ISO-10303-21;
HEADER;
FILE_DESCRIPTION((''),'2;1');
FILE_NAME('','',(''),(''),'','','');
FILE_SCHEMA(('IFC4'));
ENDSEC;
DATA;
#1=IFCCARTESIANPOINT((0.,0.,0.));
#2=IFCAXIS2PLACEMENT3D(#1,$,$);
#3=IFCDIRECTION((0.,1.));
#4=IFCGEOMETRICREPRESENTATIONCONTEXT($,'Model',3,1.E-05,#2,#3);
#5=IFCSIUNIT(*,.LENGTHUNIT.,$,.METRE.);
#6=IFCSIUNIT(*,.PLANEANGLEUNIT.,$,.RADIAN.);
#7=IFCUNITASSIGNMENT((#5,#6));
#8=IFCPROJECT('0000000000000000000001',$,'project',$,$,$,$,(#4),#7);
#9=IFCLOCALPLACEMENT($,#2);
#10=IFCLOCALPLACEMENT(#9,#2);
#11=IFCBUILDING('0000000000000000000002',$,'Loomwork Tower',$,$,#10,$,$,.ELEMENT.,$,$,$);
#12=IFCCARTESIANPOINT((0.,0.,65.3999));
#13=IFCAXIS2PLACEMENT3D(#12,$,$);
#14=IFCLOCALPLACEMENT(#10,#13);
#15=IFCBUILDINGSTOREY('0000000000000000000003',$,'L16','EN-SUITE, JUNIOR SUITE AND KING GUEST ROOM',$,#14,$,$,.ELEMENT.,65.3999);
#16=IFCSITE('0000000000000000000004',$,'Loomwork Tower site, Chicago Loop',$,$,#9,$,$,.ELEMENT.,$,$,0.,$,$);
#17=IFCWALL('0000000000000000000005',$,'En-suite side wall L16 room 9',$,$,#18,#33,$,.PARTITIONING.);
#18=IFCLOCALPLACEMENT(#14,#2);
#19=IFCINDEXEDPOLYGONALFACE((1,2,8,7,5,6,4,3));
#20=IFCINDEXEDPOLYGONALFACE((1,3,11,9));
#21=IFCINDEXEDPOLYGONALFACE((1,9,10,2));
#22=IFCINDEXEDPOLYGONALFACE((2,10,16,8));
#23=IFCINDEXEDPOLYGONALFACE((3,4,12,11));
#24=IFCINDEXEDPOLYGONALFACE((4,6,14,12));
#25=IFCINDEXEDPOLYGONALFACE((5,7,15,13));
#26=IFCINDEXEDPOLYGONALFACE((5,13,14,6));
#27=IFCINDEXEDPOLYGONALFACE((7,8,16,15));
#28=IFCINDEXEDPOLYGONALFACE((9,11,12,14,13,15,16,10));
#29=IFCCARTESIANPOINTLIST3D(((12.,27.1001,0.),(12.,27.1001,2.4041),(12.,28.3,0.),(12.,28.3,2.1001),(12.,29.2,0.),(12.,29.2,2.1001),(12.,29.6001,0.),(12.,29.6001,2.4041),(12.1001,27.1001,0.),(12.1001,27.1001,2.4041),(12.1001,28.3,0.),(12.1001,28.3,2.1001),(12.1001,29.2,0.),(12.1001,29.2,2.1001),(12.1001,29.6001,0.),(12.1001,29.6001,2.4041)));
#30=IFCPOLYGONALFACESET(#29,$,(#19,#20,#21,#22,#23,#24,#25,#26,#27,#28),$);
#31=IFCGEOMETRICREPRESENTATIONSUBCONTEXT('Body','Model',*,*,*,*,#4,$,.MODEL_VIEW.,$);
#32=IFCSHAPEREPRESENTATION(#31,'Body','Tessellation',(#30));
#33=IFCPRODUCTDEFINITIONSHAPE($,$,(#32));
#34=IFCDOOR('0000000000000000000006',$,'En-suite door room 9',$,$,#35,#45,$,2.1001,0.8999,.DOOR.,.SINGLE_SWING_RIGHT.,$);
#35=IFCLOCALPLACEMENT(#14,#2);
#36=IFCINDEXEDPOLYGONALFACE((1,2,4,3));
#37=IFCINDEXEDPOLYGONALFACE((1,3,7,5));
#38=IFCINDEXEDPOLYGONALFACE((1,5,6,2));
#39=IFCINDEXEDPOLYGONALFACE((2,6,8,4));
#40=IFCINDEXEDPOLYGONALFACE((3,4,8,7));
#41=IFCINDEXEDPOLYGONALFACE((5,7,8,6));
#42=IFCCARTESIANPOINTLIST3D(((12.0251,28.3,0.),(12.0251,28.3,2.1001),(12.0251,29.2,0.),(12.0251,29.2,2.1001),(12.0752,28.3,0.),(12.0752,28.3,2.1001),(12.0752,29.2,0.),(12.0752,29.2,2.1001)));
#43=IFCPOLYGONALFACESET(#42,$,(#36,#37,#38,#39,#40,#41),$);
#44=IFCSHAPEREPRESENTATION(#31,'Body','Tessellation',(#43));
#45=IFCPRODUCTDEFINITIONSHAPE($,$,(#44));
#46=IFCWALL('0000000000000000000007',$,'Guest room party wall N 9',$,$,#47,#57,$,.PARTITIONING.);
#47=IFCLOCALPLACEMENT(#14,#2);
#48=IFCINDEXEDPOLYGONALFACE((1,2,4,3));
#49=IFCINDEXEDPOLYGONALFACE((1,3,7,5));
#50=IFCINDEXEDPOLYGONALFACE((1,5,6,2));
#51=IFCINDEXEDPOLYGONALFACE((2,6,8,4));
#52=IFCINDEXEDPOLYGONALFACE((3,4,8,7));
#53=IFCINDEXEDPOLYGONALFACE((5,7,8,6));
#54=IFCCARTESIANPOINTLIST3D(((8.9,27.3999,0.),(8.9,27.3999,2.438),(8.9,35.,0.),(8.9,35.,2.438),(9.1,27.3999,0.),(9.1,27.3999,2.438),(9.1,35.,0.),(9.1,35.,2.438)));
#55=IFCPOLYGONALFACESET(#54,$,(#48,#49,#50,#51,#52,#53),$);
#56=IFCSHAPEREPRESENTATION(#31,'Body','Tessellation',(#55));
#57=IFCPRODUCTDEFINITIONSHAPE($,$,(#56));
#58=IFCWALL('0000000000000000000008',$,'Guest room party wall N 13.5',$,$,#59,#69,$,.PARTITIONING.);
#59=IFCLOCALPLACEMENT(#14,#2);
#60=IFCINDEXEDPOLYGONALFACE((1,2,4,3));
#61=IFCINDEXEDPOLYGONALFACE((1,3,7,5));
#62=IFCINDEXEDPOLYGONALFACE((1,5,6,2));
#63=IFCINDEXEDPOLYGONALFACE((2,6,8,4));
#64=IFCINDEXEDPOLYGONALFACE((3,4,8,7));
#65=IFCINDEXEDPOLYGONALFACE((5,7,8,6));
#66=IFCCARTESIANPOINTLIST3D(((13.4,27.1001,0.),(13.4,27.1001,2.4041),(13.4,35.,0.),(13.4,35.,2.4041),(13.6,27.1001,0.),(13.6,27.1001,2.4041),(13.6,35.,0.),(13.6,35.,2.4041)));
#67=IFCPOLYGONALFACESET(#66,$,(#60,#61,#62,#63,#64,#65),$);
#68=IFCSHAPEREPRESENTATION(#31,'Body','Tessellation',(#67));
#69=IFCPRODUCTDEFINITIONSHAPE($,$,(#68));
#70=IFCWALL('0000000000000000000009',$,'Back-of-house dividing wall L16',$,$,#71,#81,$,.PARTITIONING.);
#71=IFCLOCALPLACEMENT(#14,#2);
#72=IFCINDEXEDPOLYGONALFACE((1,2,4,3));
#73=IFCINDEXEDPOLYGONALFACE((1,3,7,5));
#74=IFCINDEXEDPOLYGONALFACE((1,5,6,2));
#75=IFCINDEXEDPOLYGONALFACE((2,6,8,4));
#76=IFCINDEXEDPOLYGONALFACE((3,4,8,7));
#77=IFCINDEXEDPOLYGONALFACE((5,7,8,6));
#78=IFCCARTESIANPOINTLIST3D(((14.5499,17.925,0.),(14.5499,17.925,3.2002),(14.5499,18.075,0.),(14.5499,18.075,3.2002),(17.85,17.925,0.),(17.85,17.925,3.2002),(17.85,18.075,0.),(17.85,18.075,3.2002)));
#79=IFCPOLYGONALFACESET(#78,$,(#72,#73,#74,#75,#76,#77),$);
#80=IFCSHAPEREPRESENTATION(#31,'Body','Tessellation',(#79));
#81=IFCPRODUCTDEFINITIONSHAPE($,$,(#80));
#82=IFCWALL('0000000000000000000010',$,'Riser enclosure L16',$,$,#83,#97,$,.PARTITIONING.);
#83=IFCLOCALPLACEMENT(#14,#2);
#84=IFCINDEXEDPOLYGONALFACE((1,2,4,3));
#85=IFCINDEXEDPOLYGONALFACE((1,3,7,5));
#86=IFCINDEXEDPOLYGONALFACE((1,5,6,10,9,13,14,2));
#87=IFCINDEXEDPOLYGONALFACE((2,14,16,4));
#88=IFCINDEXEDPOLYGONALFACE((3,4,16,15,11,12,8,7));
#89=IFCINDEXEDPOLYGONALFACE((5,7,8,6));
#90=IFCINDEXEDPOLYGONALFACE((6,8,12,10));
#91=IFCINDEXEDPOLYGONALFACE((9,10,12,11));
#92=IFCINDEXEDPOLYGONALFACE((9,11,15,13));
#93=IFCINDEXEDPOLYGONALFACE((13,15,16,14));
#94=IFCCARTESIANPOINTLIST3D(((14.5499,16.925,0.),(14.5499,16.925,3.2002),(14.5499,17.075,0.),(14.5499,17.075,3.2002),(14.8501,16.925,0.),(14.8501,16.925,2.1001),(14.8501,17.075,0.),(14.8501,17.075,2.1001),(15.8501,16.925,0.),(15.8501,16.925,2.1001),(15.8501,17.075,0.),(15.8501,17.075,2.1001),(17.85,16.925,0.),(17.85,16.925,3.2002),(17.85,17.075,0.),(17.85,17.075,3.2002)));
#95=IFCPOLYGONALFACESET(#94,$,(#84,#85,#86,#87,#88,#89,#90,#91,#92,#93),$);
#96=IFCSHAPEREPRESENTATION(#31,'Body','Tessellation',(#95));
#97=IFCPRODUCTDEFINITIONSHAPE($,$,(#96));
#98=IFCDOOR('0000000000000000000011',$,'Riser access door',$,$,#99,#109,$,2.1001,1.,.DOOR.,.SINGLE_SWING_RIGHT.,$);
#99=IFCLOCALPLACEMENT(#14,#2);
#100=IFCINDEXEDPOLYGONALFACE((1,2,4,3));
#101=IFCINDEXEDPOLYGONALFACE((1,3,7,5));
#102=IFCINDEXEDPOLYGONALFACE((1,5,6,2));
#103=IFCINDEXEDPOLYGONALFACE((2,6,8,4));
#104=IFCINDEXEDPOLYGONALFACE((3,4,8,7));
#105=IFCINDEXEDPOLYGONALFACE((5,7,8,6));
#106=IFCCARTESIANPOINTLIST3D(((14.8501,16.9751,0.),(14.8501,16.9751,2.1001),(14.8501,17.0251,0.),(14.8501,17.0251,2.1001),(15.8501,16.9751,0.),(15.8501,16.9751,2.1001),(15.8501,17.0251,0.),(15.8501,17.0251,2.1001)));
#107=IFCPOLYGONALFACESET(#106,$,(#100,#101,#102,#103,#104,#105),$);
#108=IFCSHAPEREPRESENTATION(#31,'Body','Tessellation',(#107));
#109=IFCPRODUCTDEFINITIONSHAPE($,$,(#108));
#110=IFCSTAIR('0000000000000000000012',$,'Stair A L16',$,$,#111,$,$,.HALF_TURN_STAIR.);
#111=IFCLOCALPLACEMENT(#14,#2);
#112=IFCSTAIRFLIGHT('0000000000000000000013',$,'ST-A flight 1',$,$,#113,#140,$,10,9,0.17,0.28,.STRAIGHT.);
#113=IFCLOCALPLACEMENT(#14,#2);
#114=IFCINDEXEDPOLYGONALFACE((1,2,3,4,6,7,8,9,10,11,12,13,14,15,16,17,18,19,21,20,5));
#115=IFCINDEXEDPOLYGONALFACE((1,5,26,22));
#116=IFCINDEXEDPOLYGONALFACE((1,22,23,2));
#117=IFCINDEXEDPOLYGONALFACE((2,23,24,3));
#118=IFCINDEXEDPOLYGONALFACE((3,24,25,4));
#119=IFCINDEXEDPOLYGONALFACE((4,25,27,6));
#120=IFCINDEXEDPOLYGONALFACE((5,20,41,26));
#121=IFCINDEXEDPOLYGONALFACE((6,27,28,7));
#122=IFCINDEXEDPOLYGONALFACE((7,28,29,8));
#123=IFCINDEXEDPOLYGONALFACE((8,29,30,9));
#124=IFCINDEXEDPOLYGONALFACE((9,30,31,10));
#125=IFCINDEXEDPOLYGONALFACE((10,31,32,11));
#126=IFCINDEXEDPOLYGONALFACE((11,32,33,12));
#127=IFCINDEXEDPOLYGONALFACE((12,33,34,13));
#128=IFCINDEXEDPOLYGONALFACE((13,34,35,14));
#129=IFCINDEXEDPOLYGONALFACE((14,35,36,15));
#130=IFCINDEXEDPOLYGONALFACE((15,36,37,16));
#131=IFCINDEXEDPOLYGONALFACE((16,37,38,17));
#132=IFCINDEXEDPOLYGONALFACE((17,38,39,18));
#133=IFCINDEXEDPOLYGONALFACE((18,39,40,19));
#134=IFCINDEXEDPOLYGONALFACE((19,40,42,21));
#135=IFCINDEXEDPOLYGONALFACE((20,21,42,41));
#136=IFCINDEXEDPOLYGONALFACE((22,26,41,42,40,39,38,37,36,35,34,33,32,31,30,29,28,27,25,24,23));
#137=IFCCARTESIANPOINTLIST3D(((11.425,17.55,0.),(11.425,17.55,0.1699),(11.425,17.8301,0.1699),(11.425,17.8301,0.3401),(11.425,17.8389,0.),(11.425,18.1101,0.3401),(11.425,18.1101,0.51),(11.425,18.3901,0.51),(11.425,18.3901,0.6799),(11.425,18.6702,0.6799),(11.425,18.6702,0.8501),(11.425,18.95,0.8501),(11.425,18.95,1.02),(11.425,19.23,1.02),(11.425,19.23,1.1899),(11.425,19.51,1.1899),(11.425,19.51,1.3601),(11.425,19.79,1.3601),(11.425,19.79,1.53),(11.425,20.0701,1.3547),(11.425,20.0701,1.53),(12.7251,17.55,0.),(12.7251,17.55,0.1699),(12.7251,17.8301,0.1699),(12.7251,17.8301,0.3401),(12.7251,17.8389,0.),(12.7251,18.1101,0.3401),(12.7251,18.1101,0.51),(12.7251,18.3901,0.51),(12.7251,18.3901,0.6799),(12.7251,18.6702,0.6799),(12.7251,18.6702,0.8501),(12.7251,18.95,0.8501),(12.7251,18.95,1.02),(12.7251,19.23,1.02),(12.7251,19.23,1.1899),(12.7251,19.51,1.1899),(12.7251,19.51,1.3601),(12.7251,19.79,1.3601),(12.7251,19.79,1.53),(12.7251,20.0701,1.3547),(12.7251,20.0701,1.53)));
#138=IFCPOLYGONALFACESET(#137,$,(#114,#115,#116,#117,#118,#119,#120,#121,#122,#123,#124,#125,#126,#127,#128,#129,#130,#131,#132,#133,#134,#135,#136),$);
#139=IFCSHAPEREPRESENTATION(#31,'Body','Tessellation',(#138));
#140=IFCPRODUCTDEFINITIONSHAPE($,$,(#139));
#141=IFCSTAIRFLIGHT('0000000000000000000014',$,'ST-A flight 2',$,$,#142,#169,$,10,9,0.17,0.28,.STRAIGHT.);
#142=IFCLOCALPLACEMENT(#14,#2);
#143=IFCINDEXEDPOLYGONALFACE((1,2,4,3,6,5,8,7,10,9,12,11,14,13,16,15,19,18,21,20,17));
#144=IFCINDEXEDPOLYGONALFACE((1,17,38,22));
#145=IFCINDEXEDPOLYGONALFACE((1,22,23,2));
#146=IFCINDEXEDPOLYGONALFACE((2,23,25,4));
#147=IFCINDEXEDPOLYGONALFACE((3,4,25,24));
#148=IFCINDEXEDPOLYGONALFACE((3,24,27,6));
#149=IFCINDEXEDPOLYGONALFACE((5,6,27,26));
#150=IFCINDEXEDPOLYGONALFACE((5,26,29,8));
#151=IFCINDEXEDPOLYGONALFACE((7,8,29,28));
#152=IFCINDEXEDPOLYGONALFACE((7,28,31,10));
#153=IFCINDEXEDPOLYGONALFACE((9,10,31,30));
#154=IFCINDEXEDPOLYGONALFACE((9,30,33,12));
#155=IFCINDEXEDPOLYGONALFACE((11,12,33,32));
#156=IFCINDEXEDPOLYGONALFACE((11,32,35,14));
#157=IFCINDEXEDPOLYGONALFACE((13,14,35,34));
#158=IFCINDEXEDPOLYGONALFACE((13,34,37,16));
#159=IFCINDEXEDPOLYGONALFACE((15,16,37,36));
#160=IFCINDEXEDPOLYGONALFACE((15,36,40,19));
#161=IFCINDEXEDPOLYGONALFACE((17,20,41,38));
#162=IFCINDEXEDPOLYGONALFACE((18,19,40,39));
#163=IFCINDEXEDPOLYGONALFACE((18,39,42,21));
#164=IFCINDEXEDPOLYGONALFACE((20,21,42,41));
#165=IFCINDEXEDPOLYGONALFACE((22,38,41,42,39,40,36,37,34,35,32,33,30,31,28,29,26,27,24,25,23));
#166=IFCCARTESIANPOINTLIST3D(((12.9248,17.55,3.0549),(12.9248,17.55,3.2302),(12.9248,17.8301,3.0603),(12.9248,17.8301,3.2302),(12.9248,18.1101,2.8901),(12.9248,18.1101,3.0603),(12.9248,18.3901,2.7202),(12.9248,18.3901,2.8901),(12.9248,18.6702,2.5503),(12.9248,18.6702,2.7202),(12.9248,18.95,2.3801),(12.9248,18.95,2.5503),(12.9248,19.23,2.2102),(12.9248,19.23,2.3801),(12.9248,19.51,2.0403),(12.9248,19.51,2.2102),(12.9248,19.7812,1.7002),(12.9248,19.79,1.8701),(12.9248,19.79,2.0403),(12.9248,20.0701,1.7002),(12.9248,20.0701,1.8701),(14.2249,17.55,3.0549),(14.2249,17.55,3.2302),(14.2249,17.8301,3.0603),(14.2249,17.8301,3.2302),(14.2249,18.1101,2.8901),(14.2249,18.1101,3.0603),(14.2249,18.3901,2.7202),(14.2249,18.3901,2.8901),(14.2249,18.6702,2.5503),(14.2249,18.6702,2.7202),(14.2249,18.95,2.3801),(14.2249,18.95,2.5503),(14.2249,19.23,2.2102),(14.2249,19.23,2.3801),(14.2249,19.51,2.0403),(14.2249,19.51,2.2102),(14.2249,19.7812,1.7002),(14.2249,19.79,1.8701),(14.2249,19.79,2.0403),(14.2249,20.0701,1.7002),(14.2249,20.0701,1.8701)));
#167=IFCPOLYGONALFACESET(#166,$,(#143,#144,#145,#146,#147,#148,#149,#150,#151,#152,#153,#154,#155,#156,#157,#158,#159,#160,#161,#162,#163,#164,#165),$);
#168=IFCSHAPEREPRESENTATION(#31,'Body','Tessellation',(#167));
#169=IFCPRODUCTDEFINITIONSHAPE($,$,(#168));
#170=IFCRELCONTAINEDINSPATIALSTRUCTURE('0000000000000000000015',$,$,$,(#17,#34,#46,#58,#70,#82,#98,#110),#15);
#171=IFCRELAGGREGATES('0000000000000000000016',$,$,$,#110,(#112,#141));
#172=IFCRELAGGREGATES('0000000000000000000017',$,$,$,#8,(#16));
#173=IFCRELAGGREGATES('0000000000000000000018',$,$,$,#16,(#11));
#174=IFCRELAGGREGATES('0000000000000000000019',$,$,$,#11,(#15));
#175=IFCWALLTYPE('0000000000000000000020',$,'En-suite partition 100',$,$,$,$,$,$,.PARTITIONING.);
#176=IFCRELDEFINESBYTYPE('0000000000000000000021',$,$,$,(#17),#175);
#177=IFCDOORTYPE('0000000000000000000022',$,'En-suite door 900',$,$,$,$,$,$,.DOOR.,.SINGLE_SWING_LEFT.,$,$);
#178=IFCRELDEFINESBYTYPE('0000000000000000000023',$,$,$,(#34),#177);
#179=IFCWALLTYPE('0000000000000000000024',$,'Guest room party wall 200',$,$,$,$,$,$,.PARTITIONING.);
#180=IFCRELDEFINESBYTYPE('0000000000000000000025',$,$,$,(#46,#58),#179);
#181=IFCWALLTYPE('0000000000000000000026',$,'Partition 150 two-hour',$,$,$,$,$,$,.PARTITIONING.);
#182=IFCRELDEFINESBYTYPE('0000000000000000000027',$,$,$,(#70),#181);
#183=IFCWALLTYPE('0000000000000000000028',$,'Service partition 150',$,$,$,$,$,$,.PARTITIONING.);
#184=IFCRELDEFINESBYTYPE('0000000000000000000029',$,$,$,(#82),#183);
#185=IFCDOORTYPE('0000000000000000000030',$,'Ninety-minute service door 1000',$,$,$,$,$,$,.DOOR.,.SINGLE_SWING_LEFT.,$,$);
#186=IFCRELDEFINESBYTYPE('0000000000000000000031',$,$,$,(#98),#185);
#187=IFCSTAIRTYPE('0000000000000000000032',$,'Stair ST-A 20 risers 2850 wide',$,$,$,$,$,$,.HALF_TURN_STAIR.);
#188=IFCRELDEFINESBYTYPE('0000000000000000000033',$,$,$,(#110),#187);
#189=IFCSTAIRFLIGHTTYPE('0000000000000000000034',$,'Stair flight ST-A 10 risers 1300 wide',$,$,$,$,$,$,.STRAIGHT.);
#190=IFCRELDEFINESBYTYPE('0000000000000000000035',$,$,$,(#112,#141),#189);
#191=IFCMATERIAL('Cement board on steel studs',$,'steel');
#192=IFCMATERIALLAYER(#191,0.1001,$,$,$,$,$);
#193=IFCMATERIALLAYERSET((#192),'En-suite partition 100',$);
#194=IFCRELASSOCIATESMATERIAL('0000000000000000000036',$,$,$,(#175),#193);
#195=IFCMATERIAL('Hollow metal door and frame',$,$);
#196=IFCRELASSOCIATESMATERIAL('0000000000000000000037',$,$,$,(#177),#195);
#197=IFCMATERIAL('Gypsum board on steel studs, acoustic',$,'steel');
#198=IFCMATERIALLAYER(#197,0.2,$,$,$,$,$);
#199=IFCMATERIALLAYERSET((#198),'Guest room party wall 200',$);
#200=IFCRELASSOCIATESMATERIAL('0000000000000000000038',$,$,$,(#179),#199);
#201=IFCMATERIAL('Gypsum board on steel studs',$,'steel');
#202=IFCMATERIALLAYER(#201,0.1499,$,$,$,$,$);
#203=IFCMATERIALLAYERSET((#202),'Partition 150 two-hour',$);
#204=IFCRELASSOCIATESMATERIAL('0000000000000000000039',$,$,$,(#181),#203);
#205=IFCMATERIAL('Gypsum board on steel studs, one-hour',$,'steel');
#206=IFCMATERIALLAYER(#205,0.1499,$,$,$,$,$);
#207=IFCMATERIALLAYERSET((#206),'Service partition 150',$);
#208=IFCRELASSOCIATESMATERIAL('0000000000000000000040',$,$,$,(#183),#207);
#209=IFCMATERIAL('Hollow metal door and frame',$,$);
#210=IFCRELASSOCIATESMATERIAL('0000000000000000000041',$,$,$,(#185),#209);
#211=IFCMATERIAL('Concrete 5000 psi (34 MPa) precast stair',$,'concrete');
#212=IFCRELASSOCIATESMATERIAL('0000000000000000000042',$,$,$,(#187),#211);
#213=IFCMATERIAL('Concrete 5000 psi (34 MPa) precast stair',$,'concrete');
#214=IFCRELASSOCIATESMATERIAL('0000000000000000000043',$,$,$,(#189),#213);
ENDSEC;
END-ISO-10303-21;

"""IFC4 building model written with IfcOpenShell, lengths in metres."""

from ifc_helpers import new_model, si_unit, direction, frame, frame_2d, origin, place, context, subcontext, project, spatial, polyline, rectangle, outline, extrude, material, layer, layer_set, type_object, element, fill, aggregate, save


model = new_model("IFC4")

# Units and contexts
model_context = context("Model", 3, precision=1e-05, world=origin(), true_north=direction((0.0, 1.0)))
body_context = subcontext(model_context, "Body", "Model", "MODEL_VIEW")
ifc_project = project(units=[si_unit("LENGTHUNIT", "METRE"), si_unit("PLANEANGLEUNIT", "RADIAN")], contexts=[model_context])

# Site, building, storey
site_placement = place(None, origin())
site = spatial("IfcSite", under=ifc_project, at=site_placement, Name="Loomwork Tower site, Chicago Loop", CompositionType="ELEMENT", RefElevation=0.0)
building_placement = place(site_placement, origin())
building = spatial("IfcBuilding", under=site, at=building_placement, Name="Loomwork Tower", CompositionType="ELEMENT")
storey_placement = place(building_placement, frame((0.0, 0.0, 65.3999)))
storey = spatial("IfcBuildingStorey", under=building, at=storey_placement, Name="L16", Description="EN-SUITE, JUNIOR SUITE AND KING GUEST ROOM", CompositionType="ELEMENT", Elevation=65.3999)

# Wall, opening, door
ifc_material_1 = material(Name="Cement board on steel studs", Category="steel")
ifc_layer_1 = layer(ifc_material_1, 0.1001)
ifc_layer_set_1 = layer_set([ifc_layer_1], Name="En-suite partition 100")
wall_type_1 = type_object("IfcWallType", Name="En-suite partition 100", PredefinedType="PARTITIONING", material=ifc_layer_set_1)
wall_1_placement = place(storey_placement, frame((12.05, 27.1001, 0.0), z_axis=(0.0, 0.0, 1.0), x_axis=(0.0, 1.0, 0.0)))
wall_1 = element("IfcWall", 1, at=wall_1_placement, inside=storey, type_object=wall_type_1, Name="En-suite side wall L16 room 9", PredefinedType="PARTITIONING", context=body_context, shape_type="SweptSolid", body=[
    extrude(rectangle(XDim=2.5, YDim=0.1001, at=frame_2d((1.25, 0.0))), origin(), (0.0, 0.0, 1.0), 2.4041),
])
opening_1_placement = place(wall_1_placement, frame((1.2, 0.0, 0.0)))
opening_1 = element("IfcOpeningElement", 2, at=opening_1_placement, cuts=wall_1, PredefinedType="OPENING", context=body_context, shape_type="SweptSolid", body=[
    extrude(rectangle(XDim=0.8999, YDim=2.1001, at=frame_2d((0.45, 1.05))), frame((0.0, 0.0601, 0.0), z_axis=(0.0, -1.0, 0.0), x_axis=(1.0, 0.0, 0.0)), (0.0, 0.0, 1.0), 0.1201),
])
ifc_material_2 = material(Name="Hollow metal door and frame")
door_type_1 = type_object("IfcDoorType", Name="En-suite door 900", OperationType="SINGLE_SWING_LEFT", PredefinedType="DOOR", material=ifc_material_2)
door_1_placement = place(opening_1_placement, origin())
door_1 = element("IfcDoor", 3, at=door_1_placement, inside=storey, type_object=door_type_1, Name="En-suite door room 9", OperationType="SINGLE_SWING_RIGHT", OverallHeight=2.1001, OverallWidth=0.8999, PredefinedType="DOOR", context=body_context, shape_type="SweptSolid", body=[
    extrude(rectangle(XDim=0.8999, YDim=2.1001, at=frame_2d((0.45, 1.05))), frame((0.0, 0.0249, 0.0), z_axis=(0.0, -1.0, 0.0), x_axis=(1.0, 0.0, 0.0)), (0.0, 0.0, 1.0), 0.05),
])
fill(opening_1, door_1)

# Walls
ifc_material_3 = material(Name="Gypsum board on steel studs, acoustic", Category="steel")
ifc_layer_2 = layer(ifc_material_3, 0.2)
ifc_layer_set_2 = layer_set([ifc_layer_2], Name="Guest room party wall 200")
wall_type_2 = type_object("IfcWallType", Name="Guest room party wall 200", PredefinedType="PARTITIONING", material=ifc_layer_set_2)
wall_2_placement = place(storey_placement, frame((9.0, 27.3999, 0.0), z_axis=(0.0, 0.0, 1.0), x_axis=(0.0, 1.0, 0.0)))
element("IfcWall", 4, at=wall_2_placement, inside=storey, type_object=wall_type_2, Name="Guest room party wall N 9", PredefinedType="PARTITIONING", context=body_context, shape_type="SweptSolid", body=[
    extrude(rectangle(XDim=7.6001, YDim=0.2, at=frame_2d((3.8, 0.0))), origin(), (0.0, 0.0, 1.0), 2.438),
])
wall_3_placement = place(storey_placement, frame((13.5, 27.1001, 0.0), z_axis=(0.0, 0.0, 1.0), x_axis=(0.0, 1.0, 0.0)))
element("IfcWall", 5, at=wall_3_placement, inside=storey, type_object=wall_type_2, Name="Guest room party wall N 13.5", PredefinedType="PARTITIONING", context=body_context, shape_type="SweptSolid", body=[
    extrude(rectangle(XDim=7.8999, YDim=0.2, at=frame_2d((3.95, 0.0))), origin(), (0.0, 0.0, 1.0), 2.4041),
])
ifc_material_4 = material(Name="Gypsum board on steel studs", Category="steel")
ifc_layer_3 = layer(ifc_material_4, 0.1499)
ifc_layer_set_3 = layer_set([ifc_layer_3], Name="Partition 150 two-hour")
wall_type_3 = type_object("IfcWallType", Name="Partition 150 two-hour", PredefinedType="PARTITIONING", material=ifc_layer_set_3)
wall_4_placement = place(storey_placement, frame((14.55, 18.0, 0.0), z_axis=(0.0, 0.0, 1.0), x_axis=(1.0, 0.0, 0.0)))
element("IfcWall", 6, at=wall_4_placement, inside=storey, type_object=wall_type_3, Name="Back-of-house dividing wall L16", PredefinedType="PARTITIONING", context=body_context, shape_type="SweptSolid", body=[
    extrude(rectangle(XDim=3.3, YDim=0.1499, at=frame_2d((1.6499, 0.0))), origin(), (0.0, 0.0, 1.0), 3.2002),
])

# Wall, opening, door
ifc_material_5 = material(Name="Gypsum board on steel studs, one-hour", Category="steel")
ifc_layer_4 = layer(ifc_material_5, 0.1499)
ifc_layer_set_4 = layer_set([ifc_layer_4], Name="Service partition 150")
wall_type_4 = type_object("IfcWallType", Name="Service partition 150", PredefinedType="PARTITIONING", material=ifc_layer_set_4)
wall_5_placement = place(storey_placement, frame((14.55, 17.0, 0.0), z_axis=(0.0, 0.0, 1.0), x_axis=(1.0, 0.0, 0.0)))
wall_5 = element("IfcWall", 7, at=wall_5_placement, inside=storey, type_object=wall_type_4, Name="Riser enclosure L16", PredefinedType="PARTITIONING", context=body_context, shape_type="SweptSolid", body=[
    extrude(rectangle(XDim=3.3, YDim=0.1499, at=frame_2d((1.6499, 0.0))), origin(), (0.0, 0.0, 1.0), 3.2002),
])
opening_2_placement = place(wall_5_placement, frame((0.3, 0.0, 0.0)))
opening_2 = element("IfcOpeningElement", 8, at=opening_2_placement, cuts=wall_5, PredefinedType="OPENING", context=body_context, shape_type="SweptSolid", body=[
    extrude(rectangle(XDim=1.0, YDim=2.1001, at=frame_2d((0.5, 1.05))), frame((0.0, 0.085, 0.0), z_axis=(0.0, -1.0, 0.0), x_axis=(1.0, 0.0, 0.0)), (0.0, 0.0, 1.0), 0.1699),
])
ifc_material_6 = material(Name="Hollow metal door and frame")
door_type_2 = type_object("IfcDoorType", Name="Ninety-minute service door 1000", OperationType="SINGLE_SWING_LEFT", PredefinedType="DOOR", material=ifc_material_6)
door_2_placement = place(opening_2_placement, frame((1.0, 0.0, 0.0), z_axis=(0.0, 0.0, 1.0), x_axis=(-1.0, 0.0, 0.0)))
door_2 = element("IfcDoor", 9, at=door_2_placement, inside=storey, type_object=door_type_2, Name="Riser access door", OperationType="SINGLE_SWING_RIGHT", OverallHeight=2.1001, OverallWidth=1.0, PredefinedType="DOOR", context=body_context, shape_type="SweptSolid", body=[
    extrude(rectangle(XDim=1.0, YDim=2.1001, at=frame_2d((0.5, 1.05))), frame((0.0, 0.0249, 0.0), z_axis=(0.0, -1.0, 0.0), x_axis=(1.0, 0.0, 0.0)), (0.0, 0.0, 1.0), 0.05),
])
fill(opening_2, door_2)

# Stair, stair flights
ifc_material_7 = material(Name="Concrete 5000 psi (34 MPa) precast stair", Category="concrete")
stair_type = type_object("IfcStairType", Name="Stair ST-A 20 risers 2850 wide", PredefinedType="HALF_TURN_STAIR", material=ifc_material_7)
stair_placement = place(storey_placement, origin())
stair = element("IfcStair", 10, at=stair_placement, inside=storey, type_object=stair_type, Name="Stair A L16", PredefinedType="HALF_TURN_STAIR")
ifc_material_8 = material(Name="Concrete 5000 psi (34 MPa) precast stair", Category="concrete")
stair_flight_type = type_object("IfcStairFlightType", Name="Stair flight ST-A 10 risers 1300 wide", PredefinedType="STRAIGHT", material=ifc_material_8)
stair_flight_1_placement = place(storey_placement, frame((12.075, 17.55, 0.0), z_axis=(0.0, 0.0, 1.0), x_axis=(0.0, 1.0, 0.0)))
stair_flight_1 = element("IfcStairFlight", 11, at=stair_flight_1_placement, type_object=stair_flight_type, Name="ST-A flight 1", NumberOfRisers=10, NumberOfTreads=9, PredefinedType="STRAIGHT", RiserHeight=0.17, TreadLength=0.28, context=body_context, shape_type="SweptSolid", body=[
    extrude(outline(polyline([(0.0, 0.0), (0.0, 0.1699), (0.28, 0.1699), (0.28, 0.3401), (0.5601, 0.3401), (0.5601, 0.51), (0.8401, 0.51), (0.8401, 0.6799), (1.1201, 0.6799), (1.1201, 0.8501), (1.3999, 0.8501), (1.3999, 1.02), (1.6799, 1.02), (1.6799, 1.1899), (1.96, 1.1899), (1.96, 1.3601), (2.24, 1.3601), (2.24, 1.53), (2.52, 1.53), (2.52, 1.7), (2.52, 1.3547), (0.2888, 0.0), (0.0, 0.0)])), frame((0.0, 0.6499, 0.0), z_axis=(0.0, -1.0, 0.0), x_axis=(1.0, 0.0, 0.0)), (0.0, 0.0, 1.0), 1.3),
])
stair_flight_2_placement = place(storey_placement, frame((13.575, 20.0701, 1.7002), z_axis=(0.0, 0.0, 1.0), x_axis=(0.0, -1.0, 0.0)))
stair_flight_2 = element("IfcStairFlight", 12, at=stair_flight_2_placement, type_object=stair_flight_type, Name="ST-A flight 2", NumberOfRisers=10, NumberOfTreads=9, PredefinedType="STRAIGHT", RiserHeight=0.17, TreadLength=0.28, context=body_context, shape_type="SweptSolid", body=[
    extrude(outline(polyline([(0.0, 0.0), (0.0, 0.1699), (0.28, 0.1699), (0.28, 0.3401), (0.5601, 0.3401), (0.5601, 0.51), (0.8401, 0.51), (0.8401, 0.6799), (1.1201, 0.6799), (1.1201, 0.8501), (1.3999, 0.8501), (1.3999, 1.02), (1.6799, 1.02), (1.6799, 1.1899), (1.96, 1.1899), (1.96, 1.3601), (2.24, 1.3601), (2.24, 1.53), (2.52, 1.53), (2.52, 1.7), (2.52, 1.3547), (0.2888, 0.0), (0.0, 0.0)])), frame((0.0, 0.6499, 0.0), z_axis=(0.0, -1.0, 0.0), x_axis=(1.0, 0.0, 0.0)), (0.0, 0.0, 1.0), 1.3),
])
aggregate(stair, [stair_flight_1, stair_flight_2])

save(model, "model.ifc")
